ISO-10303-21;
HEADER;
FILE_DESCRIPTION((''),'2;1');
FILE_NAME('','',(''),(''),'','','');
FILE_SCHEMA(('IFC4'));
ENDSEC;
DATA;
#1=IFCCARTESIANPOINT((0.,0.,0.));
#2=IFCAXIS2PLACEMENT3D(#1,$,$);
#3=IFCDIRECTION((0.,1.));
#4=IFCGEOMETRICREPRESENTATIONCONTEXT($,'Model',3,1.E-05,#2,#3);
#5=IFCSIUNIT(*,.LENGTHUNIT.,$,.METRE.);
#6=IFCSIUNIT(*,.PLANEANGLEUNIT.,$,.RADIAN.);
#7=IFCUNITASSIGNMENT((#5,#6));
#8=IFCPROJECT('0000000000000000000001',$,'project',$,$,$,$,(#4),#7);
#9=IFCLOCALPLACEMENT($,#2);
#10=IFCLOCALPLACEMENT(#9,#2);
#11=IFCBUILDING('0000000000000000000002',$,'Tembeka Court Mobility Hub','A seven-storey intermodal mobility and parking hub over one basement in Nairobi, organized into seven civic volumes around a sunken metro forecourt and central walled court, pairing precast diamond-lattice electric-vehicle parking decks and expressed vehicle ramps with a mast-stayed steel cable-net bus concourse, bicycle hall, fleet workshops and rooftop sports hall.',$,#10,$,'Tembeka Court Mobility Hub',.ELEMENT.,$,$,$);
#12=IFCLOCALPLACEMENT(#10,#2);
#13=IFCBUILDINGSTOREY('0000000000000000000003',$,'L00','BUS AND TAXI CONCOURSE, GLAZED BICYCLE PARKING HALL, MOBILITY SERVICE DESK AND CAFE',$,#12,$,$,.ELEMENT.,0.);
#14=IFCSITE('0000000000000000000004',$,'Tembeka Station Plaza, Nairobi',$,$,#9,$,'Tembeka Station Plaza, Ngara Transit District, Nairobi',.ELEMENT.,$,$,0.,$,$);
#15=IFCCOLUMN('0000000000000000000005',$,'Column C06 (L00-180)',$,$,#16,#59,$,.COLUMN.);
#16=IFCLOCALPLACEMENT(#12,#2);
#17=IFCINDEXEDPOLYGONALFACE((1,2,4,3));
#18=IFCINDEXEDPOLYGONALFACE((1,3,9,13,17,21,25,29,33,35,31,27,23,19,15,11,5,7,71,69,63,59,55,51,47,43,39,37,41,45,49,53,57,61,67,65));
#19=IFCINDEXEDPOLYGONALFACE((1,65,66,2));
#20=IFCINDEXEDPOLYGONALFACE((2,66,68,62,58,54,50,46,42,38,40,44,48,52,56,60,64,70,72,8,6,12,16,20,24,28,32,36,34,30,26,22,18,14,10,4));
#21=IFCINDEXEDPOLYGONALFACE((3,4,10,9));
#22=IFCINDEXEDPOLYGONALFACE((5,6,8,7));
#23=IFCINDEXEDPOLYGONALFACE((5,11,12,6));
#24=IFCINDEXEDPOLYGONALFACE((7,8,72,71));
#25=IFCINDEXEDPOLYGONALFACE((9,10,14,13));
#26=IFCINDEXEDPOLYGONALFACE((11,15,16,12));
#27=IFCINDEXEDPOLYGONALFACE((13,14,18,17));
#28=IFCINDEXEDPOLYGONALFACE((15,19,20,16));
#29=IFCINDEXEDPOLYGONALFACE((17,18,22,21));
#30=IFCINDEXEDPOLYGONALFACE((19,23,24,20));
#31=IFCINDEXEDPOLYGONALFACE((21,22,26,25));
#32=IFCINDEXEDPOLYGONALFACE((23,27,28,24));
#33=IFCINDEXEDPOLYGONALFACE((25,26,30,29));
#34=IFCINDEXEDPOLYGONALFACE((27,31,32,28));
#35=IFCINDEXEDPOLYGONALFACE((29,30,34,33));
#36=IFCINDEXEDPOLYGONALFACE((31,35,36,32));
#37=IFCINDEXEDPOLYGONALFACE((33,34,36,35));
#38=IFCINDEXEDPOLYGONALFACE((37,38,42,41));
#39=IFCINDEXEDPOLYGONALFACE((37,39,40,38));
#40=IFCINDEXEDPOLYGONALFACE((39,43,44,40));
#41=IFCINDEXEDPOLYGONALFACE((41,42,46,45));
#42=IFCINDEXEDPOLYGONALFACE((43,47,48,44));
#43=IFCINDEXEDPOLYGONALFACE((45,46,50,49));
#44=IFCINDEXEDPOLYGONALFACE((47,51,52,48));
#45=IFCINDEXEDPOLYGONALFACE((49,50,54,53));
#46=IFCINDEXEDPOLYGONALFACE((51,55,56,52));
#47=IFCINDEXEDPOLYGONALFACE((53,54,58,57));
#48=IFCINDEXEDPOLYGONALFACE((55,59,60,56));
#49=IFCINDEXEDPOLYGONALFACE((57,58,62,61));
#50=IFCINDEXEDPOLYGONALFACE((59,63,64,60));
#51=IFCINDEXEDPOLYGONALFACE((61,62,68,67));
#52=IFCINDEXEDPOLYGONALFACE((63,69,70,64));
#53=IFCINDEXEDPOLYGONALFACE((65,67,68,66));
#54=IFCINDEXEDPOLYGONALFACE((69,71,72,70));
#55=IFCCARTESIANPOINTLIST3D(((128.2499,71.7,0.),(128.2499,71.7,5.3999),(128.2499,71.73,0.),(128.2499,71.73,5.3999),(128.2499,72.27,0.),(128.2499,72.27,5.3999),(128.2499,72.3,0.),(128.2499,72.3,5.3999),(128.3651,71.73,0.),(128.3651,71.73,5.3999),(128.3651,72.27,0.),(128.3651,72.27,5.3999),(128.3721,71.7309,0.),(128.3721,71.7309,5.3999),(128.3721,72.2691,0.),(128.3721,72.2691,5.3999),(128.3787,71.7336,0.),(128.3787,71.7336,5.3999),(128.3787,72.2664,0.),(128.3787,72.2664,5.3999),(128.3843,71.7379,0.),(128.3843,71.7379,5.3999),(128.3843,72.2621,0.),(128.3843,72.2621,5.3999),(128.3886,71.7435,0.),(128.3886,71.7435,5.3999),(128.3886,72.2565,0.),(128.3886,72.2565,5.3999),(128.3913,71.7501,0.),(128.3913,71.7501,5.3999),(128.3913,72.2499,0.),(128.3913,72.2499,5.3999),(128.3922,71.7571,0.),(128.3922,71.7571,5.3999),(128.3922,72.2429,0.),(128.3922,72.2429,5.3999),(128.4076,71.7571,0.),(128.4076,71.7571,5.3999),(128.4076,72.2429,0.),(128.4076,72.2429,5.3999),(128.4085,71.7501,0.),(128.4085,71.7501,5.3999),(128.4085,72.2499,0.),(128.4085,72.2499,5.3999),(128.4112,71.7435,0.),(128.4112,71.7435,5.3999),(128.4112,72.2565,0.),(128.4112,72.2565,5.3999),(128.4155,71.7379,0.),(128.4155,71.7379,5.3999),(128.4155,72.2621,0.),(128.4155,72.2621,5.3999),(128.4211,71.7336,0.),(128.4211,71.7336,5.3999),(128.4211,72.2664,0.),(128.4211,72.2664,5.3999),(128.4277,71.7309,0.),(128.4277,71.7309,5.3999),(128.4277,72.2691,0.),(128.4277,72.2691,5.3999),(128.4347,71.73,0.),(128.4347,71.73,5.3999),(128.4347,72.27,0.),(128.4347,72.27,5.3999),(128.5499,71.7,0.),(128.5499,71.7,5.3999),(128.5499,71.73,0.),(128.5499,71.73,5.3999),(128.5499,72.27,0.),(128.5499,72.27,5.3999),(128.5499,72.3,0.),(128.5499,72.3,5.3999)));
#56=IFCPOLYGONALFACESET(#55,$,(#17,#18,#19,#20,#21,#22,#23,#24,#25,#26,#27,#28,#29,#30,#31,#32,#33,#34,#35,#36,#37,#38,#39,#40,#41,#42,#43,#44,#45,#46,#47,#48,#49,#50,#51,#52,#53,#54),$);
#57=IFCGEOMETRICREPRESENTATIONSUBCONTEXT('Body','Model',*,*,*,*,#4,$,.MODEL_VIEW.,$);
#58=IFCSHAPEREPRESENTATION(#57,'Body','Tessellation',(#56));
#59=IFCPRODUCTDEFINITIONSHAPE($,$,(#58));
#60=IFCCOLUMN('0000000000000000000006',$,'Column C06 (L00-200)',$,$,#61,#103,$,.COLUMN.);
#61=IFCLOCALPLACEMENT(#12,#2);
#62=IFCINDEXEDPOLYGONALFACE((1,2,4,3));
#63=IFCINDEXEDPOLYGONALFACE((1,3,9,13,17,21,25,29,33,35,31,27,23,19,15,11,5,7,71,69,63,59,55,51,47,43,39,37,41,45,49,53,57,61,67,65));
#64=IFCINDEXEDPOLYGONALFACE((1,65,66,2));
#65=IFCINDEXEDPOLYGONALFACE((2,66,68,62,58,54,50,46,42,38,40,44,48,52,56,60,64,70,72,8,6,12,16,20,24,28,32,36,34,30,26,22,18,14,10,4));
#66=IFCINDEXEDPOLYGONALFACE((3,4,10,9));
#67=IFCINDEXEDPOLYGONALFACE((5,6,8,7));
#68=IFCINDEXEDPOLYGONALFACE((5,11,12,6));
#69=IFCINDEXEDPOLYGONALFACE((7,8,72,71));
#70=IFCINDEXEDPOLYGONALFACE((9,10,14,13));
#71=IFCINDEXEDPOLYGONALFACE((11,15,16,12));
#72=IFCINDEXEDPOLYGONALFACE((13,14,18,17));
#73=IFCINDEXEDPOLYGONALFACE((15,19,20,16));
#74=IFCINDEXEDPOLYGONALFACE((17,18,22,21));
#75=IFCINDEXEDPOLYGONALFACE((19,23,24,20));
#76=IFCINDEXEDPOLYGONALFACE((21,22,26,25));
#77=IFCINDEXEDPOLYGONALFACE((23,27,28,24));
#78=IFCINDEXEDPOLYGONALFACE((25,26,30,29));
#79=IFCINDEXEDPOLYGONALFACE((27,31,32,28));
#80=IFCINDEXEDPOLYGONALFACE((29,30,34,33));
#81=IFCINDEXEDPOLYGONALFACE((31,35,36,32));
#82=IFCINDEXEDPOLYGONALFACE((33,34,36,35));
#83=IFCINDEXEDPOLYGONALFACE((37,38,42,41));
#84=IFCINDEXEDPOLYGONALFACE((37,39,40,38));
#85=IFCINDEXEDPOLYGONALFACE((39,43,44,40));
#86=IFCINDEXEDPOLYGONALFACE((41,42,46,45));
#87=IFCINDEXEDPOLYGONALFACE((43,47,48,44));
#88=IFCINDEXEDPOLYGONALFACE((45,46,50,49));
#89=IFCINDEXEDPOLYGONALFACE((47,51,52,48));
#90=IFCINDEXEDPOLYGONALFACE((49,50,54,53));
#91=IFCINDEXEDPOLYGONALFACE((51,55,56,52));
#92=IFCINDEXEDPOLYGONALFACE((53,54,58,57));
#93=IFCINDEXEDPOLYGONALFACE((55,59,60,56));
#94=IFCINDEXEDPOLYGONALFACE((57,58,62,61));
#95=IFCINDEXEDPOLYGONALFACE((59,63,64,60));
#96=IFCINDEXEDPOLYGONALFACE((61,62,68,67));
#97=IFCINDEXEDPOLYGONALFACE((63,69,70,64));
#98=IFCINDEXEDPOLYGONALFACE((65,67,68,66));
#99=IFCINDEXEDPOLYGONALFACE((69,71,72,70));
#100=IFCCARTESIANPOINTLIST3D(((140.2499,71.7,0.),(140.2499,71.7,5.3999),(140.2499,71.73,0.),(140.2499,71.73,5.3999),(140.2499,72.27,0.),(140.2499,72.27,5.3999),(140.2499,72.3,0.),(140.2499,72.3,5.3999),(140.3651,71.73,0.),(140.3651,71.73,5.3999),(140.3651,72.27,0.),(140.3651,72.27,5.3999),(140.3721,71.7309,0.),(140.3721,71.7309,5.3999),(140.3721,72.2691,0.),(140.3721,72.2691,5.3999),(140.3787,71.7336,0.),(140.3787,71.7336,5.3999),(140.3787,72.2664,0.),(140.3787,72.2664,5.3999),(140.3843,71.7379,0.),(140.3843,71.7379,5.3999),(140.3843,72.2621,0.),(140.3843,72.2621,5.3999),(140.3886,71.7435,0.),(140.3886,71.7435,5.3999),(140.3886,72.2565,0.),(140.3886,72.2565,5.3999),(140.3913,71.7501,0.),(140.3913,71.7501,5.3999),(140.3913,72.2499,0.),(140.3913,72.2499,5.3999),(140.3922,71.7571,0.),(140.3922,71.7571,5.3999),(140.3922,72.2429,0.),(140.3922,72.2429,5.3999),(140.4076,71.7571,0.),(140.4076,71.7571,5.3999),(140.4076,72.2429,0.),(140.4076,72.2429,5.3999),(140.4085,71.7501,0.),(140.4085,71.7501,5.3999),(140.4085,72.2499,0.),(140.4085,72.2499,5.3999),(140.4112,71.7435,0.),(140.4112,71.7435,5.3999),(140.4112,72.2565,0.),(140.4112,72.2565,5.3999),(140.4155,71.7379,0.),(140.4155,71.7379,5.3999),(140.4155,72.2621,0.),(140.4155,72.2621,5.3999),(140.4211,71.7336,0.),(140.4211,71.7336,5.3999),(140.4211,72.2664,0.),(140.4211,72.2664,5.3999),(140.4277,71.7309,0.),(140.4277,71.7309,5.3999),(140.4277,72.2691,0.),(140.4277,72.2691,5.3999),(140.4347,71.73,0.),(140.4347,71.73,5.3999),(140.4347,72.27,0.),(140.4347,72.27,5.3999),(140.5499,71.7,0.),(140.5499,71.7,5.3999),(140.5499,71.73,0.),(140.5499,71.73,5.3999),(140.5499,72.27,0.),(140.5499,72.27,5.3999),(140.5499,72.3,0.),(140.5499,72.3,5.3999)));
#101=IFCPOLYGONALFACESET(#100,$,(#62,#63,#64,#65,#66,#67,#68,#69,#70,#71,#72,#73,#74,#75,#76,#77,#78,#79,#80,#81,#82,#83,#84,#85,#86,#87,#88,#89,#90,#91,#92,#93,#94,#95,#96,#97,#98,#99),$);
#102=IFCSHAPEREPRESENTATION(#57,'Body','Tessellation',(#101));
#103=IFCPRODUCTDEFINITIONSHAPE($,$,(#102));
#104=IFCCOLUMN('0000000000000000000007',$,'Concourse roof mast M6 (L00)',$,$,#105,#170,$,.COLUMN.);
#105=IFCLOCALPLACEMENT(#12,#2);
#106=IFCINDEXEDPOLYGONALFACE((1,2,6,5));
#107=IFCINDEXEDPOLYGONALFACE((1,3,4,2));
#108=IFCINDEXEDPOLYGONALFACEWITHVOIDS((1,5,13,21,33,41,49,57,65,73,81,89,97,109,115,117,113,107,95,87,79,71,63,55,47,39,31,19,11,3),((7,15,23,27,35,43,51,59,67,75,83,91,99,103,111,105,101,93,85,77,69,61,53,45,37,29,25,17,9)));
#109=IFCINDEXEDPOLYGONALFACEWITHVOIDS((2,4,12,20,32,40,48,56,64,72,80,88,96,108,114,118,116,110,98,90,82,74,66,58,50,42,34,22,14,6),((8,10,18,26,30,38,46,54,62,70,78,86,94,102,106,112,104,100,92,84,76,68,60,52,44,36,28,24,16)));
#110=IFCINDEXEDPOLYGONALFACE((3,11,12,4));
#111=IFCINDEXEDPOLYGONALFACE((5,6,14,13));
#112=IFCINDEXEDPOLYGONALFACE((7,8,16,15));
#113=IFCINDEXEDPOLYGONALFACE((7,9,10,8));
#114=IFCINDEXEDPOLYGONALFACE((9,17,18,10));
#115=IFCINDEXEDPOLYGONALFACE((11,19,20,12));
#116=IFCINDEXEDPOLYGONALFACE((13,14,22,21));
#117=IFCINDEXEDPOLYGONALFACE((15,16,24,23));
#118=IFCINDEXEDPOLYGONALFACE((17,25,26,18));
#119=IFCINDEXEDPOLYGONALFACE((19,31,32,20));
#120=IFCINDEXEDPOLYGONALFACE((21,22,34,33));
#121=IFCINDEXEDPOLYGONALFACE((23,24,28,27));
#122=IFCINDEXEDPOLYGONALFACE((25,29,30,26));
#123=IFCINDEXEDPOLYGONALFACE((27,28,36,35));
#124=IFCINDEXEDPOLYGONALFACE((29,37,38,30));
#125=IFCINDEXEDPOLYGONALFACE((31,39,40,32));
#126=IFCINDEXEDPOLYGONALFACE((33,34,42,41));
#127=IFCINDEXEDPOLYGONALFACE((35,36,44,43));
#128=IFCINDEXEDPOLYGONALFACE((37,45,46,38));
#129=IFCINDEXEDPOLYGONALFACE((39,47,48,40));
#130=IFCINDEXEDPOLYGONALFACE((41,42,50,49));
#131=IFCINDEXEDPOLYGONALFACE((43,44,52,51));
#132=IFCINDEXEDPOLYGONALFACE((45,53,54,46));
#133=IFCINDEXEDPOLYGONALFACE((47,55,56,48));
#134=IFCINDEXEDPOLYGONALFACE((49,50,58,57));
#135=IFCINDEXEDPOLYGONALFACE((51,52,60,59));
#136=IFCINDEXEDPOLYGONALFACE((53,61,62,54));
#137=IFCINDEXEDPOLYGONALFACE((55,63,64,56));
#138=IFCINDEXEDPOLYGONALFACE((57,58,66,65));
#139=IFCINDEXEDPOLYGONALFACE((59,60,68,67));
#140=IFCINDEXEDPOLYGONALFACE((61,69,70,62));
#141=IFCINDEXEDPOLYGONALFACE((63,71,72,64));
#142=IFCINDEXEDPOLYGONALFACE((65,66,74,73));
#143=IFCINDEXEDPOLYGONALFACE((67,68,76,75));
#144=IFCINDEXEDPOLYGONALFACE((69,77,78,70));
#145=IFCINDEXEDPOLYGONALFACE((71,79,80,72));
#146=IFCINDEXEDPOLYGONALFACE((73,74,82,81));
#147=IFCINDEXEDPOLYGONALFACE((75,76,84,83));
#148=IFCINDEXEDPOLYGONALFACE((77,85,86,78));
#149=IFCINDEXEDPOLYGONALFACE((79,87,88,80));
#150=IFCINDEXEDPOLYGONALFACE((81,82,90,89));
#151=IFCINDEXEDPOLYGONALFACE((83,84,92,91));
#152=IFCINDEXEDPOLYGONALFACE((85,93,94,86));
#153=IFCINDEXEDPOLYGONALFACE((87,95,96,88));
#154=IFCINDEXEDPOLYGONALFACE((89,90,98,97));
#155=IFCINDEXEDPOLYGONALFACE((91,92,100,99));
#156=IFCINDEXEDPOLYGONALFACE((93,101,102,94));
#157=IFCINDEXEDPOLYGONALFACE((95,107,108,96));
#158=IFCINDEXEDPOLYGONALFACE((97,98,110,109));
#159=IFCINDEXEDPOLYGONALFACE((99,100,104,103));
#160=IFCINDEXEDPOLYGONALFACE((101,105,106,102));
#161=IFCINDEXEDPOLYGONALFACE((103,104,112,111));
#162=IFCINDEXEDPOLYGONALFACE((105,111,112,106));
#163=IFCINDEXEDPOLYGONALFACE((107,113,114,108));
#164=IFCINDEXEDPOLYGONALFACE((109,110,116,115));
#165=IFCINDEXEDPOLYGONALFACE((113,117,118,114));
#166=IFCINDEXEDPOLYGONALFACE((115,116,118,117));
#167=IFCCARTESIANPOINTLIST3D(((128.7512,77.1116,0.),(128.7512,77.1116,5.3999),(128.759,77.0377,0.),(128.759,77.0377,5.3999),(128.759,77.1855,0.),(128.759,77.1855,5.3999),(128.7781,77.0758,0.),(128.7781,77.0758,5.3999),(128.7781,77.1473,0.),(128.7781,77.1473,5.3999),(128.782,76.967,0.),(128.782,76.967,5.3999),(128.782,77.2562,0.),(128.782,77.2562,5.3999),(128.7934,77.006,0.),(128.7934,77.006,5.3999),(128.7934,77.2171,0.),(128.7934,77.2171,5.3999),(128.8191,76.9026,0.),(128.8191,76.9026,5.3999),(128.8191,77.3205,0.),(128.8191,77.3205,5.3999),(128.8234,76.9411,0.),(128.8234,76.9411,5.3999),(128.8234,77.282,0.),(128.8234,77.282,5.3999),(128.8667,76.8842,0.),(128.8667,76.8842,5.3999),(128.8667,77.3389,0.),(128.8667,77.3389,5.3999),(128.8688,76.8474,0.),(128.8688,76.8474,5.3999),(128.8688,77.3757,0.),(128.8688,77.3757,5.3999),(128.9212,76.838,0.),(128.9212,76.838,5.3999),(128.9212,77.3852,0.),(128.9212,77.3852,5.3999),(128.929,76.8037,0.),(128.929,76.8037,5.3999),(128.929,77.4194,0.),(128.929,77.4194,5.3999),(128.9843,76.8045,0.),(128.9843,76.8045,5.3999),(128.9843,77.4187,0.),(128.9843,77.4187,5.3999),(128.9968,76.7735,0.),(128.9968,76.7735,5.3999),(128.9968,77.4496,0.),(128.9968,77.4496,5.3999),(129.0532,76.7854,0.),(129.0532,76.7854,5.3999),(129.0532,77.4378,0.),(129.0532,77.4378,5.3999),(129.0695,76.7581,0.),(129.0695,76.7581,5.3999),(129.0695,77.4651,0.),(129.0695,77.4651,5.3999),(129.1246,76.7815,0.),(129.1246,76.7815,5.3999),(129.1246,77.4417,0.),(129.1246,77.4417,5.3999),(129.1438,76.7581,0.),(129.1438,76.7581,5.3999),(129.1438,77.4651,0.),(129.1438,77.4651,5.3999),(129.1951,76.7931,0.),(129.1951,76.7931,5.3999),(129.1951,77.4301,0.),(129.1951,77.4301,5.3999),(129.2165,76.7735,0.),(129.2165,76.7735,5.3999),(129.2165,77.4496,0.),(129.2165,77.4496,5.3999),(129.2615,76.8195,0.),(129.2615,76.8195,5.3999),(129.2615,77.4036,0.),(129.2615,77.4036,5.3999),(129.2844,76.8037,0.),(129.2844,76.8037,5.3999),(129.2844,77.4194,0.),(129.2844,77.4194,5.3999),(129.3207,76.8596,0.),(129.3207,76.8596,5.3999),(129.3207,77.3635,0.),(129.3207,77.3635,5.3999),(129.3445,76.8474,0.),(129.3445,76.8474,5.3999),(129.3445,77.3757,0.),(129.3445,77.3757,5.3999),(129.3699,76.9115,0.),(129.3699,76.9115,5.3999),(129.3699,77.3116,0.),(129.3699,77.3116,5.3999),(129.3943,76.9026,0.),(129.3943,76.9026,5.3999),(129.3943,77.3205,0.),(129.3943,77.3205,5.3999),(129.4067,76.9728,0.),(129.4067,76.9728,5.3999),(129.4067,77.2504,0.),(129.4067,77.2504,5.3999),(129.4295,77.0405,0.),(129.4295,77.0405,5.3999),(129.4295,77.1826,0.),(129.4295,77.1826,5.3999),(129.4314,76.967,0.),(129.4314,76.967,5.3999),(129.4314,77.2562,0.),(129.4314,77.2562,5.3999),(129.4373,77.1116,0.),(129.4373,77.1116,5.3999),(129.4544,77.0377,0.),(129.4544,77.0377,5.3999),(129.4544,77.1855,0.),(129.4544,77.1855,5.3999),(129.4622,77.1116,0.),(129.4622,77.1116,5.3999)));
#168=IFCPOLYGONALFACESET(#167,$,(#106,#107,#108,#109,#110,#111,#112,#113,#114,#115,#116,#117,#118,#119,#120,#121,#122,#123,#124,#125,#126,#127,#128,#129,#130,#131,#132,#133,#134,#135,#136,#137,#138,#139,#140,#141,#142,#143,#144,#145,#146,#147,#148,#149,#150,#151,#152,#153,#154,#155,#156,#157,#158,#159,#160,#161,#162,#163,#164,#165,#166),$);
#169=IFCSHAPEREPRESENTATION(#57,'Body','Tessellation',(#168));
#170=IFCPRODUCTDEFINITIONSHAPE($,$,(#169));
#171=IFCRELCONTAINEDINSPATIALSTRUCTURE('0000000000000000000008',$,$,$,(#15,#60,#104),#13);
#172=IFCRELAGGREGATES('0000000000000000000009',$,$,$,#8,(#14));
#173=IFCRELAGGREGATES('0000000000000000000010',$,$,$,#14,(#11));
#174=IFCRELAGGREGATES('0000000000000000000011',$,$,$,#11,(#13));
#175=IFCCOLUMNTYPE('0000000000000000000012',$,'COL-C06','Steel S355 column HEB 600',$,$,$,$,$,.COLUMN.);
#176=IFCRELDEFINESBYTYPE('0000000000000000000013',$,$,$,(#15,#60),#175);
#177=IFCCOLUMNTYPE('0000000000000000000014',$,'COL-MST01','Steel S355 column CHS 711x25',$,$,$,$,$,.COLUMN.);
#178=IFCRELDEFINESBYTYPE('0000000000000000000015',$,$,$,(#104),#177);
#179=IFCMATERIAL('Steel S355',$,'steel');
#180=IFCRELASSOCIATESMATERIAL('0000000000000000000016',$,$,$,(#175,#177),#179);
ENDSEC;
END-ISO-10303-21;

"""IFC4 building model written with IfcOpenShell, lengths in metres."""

from ifc_helpers import new_model, si_unit, direction, frame, origin, origin_2d, place, context, subcontext, project, spatial, hollow_circle, i_section, extrude, material, material_profile, profile_set, type_object, element, save


model = new_model("IFC4")

# Units and contexts
model_context = context("Model", 3, precision=1e-05, world=origin(), true_north=direction((0.0, 1.0)))
body_context = subcontext(model_context, "Body", "Model", "MODEL_VIEW")
ifc_project = project(units=[si_unit("LENGTHUNIT", "METRE"), si_unit("PLANEANGLEUNIT", "RADIAN")], contexts=[model_context])

# Site, building, storey
site_placement = place(None, origin())
site = spatial("IfcSite", under=ifc_project, at=site_placement, Name="Tembeka Station Plaza, Nairobi", LongName="Tembeka Station Plaza, Ngara Transit District, Nairobi", CompositionType="ELEMENT", RefElevation=0.0)
building_placement = place(site_placement, origin())
building = spatial("IfcBuilding", under=site, at=building_placement, Name="Tembeka Court Mobility Hub", Description="A seven-storey intermodal mobility and parking hub over one basement in Nairobi, organized into seven civic volumes around a sunken metro forecourt and central walled court, pairing precast diamond-lattice electric-vehicle parking decks and expressed vehicle ramps with a mast-stayed steel cable-net bus concourse, bicycle hall, fleet workshops and rooftop sports hall.", LongName="Tembeka Court Mobility Hub", CompositionType="ELEMENT")
storey_placement = place(building_placement, origin())
storey = spatial("IfcBuildingStorey", under=building, at=storey_placement, Name="L00", Description="BUS AND TAXI CONCOURSE, GLAZED BICYCLE PARKING HALL, MOBILITY SERVICE DESK AND CAFE", CompositionType="ELEMENT", Elevation=0.0)

# Columns
ifc_material = material(Name="Steel S355", Category="steel")
ifc_material_profile_1 = material_profile(ifc_material, i_section(OverallWidth=0.3, OverallDepth=0.6001, WebThickness=0.0154, FlangeThickness=0.03, FilletRadius=0.0271, at=origin_2d()), Name="HEB 600")
ifc_profile_set_1 = profile_set([ifc_material_profile_1], Name="Steel S355")
column_type_1 = type_object("IfcColumnType", Name="COL-C06", Description="Steel S355 column HEB 600", PredefinedType="COLUMN", material=ifc_profile_set_1)
for number, where, z_axis, x_axis, name in (
    (1, (128.3999, 72.0, 0.0), (0.0, 0.0, 1.0), (1.0, 0.0, 0.0), "Column C06 (L00-180)"),
    (2, (140.3999, 72.0, 0.0), (0.0, 0.0, 1.0), (1.0, 0.0, 0.0), "Column C06 (L00-200)"),
):
    element("IfcColumn", number, at=place(storey_placement, frame(where, z_axis=z_axis, x_axis=x_axis)), inside=storey, type_object=column_type_1, Name=name, PredefinedType="COLUMN", context=body_context, shape_type="SweptSolid", body=[
        extrude(i_section(OverallWidth=0.3, OverallDepth=0.6001, WebThickness=0.0154, FlangeThickness=0.03, FilletRadius=0.0271, at=origin_2d()), origin(), (0.0, 0.0, 1.0), 5.3999),
    ])
ifc_material_profile_2 = material_profile(ifc_material, hollow_circle(Radius=0.3555, WallThickness=0.0249, at=origin_2d()), Name="CHS 711x25")
ifc_profile_set_2 = profile_set([ifc_material_profile_2], Name="Steel S355")
column_type_2 = type_object("IfcColumnType", Name="COL-MST01", Description="Steel S355 column CHS 711x25", PredefinedType="COLUMN", material=ifc_profile_set_2)
for number, where, z_axis, x_axis, name in (
    (3, (129.1067, 77.1116, 0.0), (0.0, 0.0, 1.0), (1.0, 0.0, 0.0), "Concourse roof mast M6 (L00)"),
):
    element("IfcColumn", number, at=place(storey_placement, frame(where, z_axis=z_axis, x_axis=x_axis)), inside=storey, type_object=column_type_2, Name=name, PredefinedType="COLUMN", context=body_context, shape_type="SweptSolid", body=[
        extrude(hollow_circle(Radius=0.3555, WallThickness=0.0249, at=origin_2d()), origin(), (0.0, 0.0, 1.0), 5.3999),
    ])

save(model, "model.ifc")
